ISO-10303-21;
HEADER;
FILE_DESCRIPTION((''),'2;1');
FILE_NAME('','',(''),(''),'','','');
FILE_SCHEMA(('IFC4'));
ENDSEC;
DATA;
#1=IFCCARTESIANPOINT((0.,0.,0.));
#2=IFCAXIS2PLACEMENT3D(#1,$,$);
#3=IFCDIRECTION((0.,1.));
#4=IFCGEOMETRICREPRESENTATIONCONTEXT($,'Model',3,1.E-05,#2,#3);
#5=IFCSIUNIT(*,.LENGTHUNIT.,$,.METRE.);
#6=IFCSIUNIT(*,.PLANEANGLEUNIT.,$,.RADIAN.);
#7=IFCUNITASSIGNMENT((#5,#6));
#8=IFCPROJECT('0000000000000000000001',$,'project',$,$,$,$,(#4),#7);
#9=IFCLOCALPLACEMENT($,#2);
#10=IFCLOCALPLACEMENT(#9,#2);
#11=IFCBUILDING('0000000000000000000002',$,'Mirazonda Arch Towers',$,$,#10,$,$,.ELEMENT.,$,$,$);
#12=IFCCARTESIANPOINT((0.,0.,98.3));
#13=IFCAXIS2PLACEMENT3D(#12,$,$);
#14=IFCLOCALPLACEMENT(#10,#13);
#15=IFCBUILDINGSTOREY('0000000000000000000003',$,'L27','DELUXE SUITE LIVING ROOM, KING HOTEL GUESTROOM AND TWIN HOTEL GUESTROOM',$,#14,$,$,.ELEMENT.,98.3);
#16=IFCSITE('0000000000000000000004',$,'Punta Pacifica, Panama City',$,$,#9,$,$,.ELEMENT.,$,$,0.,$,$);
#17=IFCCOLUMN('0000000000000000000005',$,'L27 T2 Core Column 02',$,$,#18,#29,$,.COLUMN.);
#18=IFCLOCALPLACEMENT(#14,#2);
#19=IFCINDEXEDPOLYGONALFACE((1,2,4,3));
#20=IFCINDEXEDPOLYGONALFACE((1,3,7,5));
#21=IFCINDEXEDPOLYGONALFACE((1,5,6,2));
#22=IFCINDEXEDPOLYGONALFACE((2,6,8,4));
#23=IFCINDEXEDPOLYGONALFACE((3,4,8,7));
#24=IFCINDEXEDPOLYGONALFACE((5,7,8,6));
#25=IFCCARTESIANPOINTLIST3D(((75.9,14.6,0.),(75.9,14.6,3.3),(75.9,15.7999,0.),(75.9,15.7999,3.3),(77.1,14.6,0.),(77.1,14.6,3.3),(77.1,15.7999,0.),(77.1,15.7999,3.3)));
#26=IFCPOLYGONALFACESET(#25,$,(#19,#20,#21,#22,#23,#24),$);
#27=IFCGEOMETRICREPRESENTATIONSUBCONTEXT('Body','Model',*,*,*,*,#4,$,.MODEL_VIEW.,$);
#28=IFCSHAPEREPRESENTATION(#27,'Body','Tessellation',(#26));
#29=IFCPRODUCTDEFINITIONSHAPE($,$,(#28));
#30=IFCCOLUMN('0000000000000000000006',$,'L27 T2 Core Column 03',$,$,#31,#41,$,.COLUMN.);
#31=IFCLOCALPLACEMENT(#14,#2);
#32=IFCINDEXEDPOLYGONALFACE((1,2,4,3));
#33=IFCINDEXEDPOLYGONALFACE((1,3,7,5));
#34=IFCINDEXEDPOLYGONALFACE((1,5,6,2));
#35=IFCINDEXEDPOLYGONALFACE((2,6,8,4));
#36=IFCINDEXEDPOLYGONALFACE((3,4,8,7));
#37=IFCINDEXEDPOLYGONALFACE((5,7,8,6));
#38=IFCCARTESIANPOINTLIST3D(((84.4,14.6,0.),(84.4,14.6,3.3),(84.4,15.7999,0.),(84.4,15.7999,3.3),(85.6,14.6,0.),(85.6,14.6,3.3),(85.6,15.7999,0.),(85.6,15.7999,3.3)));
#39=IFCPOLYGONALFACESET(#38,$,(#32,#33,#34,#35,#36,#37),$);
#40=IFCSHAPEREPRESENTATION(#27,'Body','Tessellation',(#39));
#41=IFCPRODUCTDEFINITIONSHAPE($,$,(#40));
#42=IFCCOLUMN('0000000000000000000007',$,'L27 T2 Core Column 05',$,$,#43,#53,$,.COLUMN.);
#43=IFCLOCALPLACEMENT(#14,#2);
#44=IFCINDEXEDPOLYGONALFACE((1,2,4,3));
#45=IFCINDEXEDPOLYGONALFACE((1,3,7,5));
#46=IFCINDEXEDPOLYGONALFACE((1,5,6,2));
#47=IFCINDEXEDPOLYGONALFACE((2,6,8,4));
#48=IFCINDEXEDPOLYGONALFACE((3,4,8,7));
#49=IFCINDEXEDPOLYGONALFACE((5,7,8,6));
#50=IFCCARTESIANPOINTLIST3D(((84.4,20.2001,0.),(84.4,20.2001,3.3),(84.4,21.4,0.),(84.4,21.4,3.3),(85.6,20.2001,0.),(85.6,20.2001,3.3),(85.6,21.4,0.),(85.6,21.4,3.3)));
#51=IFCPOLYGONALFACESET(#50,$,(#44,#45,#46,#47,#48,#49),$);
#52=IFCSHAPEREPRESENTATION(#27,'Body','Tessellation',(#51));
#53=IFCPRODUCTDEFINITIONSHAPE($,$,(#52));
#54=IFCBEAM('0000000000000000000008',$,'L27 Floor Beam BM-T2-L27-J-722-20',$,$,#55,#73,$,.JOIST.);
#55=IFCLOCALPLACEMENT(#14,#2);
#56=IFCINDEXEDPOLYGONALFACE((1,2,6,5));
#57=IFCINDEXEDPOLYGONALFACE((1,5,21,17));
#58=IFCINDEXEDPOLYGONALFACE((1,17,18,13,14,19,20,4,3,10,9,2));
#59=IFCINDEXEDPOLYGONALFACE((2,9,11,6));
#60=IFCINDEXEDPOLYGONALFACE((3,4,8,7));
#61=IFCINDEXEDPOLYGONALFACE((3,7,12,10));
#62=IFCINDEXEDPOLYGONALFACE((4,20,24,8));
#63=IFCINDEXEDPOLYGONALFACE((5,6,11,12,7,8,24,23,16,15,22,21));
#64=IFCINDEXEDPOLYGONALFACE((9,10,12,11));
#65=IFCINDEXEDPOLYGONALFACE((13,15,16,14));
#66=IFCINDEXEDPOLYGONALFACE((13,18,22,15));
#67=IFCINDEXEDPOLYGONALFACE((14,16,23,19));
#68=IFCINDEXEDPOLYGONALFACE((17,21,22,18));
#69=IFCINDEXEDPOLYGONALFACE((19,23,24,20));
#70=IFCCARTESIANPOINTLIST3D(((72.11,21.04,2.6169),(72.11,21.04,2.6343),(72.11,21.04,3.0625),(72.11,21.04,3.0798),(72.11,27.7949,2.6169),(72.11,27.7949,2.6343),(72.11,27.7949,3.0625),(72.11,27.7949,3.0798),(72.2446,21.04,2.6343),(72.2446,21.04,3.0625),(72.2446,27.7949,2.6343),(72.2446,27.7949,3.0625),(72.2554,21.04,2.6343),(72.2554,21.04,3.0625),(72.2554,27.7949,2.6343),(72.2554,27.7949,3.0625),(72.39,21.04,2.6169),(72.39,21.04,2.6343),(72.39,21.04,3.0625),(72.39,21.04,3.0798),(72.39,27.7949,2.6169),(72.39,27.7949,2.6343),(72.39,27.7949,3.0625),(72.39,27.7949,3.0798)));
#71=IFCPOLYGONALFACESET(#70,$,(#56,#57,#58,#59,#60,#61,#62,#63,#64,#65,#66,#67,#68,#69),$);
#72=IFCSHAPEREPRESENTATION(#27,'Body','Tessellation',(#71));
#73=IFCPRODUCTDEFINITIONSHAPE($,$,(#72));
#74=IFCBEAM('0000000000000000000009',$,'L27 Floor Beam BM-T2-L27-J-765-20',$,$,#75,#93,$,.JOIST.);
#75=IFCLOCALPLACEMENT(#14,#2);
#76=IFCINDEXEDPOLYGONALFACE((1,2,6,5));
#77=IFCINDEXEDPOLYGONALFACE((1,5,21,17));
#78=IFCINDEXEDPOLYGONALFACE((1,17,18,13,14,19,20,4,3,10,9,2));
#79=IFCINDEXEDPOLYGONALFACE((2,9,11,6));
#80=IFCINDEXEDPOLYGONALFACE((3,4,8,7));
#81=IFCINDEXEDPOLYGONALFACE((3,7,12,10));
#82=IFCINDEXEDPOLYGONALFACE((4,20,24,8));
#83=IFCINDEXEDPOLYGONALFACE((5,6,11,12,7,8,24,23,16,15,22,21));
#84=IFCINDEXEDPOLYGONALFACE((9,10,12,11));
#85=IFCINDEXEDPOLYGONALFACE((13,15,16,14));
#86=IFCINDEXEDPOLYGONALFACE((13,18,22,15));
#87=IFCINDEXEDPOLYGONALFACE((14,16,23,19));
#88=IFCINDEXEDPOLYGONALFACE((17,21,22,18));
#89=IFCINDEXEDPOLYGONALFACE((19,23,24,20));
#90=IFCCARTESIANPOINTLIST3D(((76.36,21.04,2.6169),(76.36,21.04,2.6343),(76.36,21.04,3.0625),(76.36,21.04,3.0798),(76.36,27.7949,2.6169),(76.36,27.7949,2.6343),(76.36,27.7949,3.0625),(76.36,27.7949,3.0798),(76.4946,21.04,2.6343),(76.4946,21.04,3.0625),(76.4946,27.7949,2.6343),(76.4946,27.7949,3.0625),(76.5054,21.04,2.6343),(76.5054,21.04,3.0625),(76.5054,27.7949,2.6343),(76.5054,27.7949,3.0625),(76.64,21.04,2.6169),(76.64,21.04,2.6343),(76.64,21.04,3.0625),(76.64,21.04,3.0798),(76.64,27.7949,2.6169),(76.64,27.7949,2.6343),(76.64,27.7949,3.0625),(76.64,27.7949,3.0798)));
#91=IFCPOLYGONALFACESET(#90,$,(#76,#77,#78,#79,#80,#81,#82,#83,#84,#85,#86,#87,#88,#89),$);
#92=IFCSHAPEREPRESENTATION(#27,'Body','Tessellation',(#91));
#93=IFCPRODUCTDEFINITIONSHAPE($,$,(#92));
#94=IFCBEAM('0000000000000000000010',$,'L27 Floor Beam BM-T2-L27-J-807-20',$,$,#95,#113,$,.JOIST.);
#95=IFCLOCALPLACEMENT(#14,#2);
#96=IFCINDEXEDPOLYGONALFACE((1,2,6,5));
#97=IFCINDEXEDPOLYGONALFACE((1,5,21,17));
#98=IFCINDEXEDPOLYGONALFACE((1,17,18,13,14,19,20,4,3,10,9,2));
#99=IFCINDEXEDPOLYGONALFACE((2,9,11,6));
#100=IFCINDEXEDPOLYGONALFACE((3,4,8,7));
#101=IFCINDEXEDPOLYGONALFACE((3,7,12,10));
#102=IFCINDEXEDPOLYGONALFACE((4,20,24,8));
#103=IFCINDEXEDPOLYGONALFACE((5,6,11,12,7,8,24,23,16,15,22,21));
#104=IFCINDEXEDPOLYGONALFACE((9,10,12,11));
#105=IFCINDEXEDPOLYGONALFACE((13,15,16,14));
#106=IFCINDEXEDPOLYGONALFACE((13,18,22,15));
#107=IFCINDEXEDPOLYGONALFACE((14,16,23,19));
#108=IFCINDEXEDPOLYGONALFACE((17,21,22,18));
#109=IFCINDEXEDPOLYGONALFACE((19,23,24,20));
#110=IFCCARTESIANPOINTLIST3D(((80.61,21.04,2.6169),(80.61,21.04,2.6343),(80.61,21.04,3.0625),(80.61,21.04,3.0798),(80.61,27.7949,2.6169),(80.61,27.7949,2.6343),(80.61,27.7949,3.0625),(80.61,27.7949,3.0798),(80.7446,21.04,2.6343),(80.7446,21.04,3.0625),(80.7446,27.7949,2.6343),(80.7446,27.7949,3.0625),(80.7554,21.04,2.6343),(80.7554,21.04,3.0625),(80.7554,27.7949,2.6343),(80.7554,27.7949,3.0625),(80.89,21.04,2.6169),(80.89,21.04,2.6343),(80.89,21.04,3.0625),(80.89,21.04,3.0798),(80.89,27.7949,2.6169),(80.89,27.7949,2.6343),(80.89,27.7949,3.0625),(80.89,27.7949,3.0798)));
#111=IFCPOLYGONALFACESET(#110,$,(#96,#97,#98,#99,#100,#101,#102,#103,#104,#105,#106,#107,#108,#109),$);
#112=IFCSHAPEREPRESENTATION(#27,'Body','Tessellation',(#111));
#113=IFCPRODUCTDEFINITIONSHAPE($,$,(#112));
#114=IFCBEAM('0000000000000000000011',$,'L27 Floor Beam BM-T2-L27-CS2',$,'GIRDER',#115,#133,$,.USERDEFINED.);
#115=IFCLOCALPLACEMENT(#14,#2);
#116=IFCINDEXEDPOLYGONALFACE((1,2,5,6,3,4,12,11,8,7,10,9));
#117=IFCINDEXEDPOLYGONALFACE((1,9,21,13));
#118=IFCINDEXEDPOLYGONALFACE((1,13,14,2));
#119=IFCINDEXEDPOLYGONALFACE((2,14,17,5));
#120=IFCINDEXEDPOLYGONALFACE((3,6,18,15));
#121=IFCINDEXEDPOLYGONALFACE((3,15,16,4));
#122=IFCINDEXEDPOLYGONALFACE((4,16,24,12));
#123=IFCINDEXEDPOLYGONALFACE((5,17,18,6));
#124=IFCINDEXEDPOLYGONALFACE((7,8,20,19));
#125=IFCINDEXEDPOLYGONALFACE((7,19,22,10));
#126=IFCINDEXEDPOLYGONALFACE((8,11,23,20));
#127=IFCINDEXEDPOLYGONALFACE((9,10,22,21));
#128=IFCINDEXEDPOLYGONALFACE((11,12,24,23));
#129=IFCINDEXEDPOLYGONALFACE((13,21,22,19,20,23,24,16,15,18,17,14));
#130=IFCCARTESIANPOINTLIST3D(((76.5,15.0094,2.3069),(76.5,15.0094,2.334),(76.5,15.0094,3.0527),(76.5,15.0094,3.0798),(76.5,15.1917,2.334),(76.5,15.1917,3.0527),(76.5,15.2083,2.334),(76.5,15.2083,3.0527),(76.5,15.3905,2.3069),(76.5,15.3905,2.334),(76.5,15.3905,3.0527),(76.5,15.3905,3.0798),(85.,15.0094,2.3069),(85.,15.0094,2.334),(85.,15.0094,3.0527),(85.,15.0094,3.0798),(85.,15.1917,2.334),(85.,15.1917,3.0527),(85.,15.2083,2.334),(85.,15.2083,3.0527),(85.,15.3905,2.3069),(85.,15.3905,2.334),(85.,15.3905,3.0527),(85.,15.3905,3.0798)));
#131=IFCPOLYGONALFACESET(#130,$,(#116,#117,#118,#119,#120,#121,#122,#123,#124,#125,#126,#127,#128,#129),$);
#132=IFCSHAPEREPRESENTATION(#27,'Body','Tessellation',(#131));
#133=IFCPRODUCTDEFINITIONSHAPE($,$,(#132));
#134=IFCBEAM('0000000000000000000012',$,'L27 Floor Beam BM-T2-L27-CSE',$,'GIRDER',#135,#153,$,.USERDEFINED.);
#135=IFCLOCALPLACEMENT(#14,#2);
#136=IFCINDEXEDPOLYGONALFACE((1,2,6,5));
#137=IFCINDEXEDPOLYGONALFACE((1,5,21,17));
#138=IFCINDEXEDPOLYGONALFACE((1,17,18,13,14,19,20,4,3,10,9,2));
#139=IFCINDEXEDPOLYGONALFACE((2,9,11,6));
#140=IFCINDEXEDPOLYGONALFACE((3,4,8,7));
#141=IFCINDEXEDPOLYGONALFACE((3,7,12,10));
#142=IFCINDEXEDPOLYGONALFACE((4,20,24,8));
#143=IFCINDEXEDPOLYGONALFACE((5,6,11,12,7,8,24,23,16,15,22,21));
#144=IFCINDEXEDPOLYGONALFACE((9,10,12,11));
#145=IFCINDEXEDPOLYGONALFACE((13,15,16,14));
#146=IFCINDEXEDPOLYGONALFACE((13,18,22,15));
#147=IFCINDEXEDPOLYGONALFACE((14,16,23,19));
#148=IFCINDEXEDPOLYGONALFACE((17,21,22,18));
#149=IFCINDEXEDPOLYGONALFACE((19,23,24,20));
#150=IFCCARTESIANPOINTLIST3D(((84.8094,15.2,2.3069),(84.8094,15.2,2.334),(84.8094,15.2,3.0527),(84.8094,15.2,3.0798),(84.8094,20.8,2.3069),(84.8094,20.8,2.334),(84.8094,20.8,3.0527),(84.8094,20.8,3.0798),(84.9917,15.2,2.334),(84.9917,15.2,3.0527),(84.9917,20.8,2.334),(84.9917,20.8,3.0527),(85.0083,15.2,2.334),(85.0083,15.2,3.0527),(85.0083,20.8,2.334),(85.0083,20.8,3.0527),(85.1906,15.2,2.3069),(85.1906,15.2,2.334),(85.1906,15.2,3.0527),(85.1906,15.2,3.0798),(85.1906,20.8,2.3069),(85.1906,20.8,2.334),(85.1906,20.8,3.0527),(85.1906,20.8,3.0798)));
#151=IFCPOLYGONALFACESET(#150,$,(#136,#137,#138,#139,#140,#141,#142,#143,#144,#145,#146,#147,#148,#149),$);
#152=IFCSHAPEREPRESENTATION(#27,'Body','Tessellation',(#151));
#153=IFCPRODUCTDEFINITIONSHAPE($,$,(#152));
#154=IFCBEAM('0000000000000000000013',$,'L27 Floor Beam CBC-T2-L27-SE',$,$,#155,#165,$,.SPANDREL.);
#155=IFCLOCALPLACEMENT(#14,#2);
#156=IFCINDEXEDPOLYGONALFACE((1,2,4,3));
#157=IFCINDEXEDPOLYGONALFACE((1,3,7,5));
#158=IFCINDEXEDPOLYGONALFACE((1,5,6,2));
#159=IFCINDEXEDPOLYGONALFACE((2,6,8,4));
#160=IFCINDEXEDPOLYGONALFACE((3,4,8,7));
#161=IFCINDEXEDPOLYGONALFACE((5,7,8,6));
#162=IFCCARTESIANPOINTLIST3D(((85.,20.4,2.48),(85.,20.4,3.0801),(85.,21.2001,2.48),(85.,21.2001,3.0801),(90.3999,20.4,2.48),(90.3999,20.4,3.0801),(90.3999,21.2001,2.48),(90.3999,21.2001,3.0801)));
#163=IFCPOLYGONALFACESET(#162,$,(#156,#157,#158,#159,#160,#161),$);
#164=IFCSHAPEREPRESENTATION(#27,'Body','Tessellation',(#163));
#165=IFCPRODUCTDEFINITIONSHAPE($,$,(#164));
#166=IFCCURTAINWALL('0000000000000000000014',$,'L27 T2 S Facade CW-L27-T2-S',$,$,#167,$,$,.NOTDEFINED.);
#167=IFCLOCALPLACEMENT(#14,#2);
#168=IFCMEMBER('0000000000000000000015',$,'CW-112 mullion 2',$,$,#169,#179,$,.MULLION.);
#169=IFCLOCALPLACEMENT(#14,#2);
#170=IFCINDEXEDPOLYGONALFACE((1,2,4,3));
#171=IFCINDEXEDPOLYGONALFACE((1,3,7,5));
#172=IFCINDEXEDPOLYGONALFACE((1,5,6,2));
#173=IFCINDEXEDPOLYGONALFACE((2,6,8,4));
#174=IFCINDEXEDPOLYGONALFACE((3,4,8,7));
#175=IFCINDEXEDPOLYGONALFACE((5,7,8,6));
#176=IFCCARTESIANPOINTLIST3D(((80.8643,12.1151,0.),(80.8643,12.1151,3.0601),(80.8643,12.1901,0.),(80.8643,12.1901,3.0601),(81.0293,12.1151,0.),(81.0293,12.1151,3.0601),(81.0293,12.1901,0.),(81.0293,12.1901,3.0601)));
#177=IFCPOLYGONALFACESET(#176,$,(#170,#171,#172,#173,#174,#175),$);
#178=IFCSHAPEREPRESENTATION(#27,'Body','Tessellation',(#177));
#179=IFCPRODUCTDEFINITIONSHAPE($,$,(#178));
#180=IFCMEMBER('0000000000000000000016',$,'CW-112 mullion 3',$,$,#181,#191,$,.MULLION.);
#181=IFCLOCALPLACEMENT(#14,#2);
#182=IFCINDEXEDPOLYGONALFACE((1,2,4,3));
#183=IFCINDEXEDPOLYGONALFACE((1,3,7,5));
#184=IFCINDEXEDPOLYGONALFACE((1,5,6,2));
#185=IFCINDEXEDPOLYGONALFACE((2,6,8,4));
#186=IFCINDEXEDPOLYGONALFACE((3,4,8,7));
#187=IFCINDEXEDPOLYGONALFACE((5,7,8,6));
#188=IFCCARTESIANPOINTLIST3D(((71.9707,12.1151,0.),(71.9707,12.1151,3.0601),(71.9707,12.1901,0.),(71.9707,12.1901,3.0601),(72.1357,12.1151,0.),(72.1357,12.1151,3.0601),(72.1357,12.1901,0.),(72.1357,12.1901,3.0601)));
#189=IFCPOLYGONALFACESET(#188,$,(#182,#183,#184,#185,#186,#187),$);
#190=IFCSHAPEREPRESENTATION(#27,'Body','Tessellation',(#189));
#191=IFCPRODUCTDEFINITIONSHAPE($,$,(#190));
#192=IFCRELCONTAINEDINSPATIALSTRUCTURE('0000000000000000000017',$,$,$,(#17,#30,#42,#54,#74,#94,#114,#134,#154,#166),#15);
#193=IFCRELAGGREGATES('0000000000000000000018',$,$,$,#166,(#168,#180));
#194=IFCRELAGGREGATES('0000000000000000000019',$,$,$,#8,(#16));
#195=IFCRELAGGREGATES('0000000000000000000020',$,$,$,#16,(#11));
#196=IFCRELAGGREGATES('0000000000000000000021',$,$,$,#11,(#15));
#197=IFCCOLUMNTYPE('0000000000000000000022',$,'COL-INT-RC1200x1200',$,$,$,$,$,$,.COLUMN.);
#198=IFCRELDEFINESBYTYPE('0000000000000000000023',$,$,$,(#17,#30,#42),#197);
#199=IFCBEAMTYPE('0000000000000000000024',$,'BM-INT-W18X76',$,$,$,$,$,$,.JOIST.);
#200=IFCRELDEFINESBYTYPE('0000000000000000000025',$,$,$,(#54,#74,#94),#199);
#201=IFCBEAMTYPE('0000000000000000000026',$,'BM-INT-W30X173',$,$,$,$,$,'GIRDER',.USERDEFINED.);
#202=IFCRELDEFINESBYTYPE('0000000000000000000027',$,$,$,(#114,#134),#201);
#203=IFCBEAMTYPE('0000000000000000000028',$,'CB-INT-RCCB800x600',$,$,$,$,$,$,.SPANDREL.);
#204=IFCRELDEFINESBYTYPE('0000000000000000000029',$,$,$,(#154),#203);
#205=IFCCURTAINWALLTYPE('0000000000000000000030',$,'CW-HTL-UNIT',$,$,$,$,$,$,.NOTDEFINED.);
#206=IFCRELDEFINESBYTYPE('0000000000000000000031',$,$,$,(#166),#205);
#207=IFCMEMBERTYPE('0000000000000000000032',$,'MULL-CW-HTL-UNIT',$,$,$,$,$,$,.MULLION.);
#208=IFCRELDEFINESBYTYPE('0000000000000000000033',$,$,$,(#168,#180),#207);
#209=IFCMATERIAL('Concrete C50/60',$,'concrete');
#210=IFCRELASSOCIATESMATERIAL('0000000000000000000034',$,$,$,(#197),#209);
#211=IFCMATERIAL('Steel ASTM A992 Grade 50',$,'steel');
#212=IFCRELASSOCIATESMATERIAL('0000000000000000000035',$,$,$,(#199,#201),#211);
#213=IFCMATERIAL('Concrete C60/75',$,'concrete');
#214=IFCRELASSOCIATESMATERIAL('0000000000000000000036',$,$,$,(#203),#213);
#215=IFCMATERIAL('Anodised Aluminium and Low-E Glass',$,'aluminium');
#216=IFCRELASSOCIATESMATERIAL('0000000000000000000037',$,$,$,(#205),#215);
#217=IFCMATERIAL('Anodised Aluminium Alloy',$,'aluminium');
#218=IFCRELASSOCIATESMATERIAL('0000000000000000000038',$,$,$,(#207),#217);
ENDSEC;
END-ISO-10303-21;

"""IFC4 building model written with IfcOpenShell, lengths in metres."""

from ifc_helpers import new_model, si_unit, direction, frame, origin, origin_2d, place, context, subcontext, project, spatial, rectangle, i_section, extrude, material, material_profile, profile_set, type_object, element, aggregate, save


model = new_model("IFC4")

# Units and contexts
model_context = context("Model", 3, precision=1e-05, world=origin(), true_north=direction((0.0, 1.0)))
body_context = subcontext(model_context, "Body", "Model", "MODEL_VIEW")
ifc_project = project(units=[si_unit("LENGTHUNIT", "METRE"), si_unit("PLANEANGLEUNIT", "RADIAN")], contexts=[model_context])

# Site, building, storey
site_placement = place(None, origin())
site = spatial("IfcSite", under=ifc_project, at=site_placement, Name="Punta Pacifica, Panama City", CompositionType="ELEMENT", RefElevation=0.0)
building_placement = place(site_placement, origin())
building = spatial("IfcBuilding", under=site, at=building_placement, Name="Mirazonda Arch Towers", CompositionType="ELEMENT")
storey_placement = place(building_placement, frame((0.0, 0.0, 98.3)))
storey = spatial("IfcBuildingStorey", under=building, at=storey_placement, Name="L27", Description="DELUXE SUITE LIVING ROOM, KING HOTEL GUESTROOM AND TWIN HOTEL GUESTROOM", CompositionType="ELEMENT", Elevation=98.3)

# Columns
ifc_material_1 = material(Name="Concrete C50/60", Category="concrete")
ifc_material_profile_1 = material_profile(ifc_material_1, rectangle(XDim=1.2, YDim=1.2, at=origin_2d()), Name="RC1200x1200")
ifc_profile_set_1 = profile_set([ifc_material_profile_1], Name="Concrete C50/60")
column_type = type_object("IfcColumnType", Name="COL-INT-RC1200x1200", PredefinedType="COLUMN", material=ifc_profile_set_1)
for number, where, z_axis, x_axis, name in (
    (1, (76.5, 15.2, 0.0), (0.0, 0.0, 1.0), (1.0, 0.0, 0.0), "L27 T2 Core Column 02"),
    (2, (85.0, 15.2, 0.0), (0.0, 0.0, 1.0), (1.0, 0.0, 0.0), "L27 T2 Core Column 03"),
    (3, (85.0, 20.8, 0.0), (0.0, 0.0, 1.0), (1.0, 0.0, 0.0), "L27 T2 Core Column 05"),
):
    element("IfcColumn", number, at=place(storey_placement, frame(where, z_axis=z_axis, x_axis=x_axis)), inside=storey, type_object=column_type, Name=name, PredefinedType="COLUMN", context=body_context, shape_type="SweptSolid", body=[
        extrude(rectangle(XDim=1.2, YDim=1.2, at=origin_2d()), origin(), (0.0, 0.0, 1.0), 3.3),
    ])

# Beams
ifc_material_2 = material(Name="Steel ASTM A992 Grade 50", Category="steel")
ifc_material_profile_2 = material_profile(ifc_material_2, i_section(OverallWidth=0.28, OverallDepth=0.4629, WebThickness=0.0107, FlangeThickness=0.0173, at=origin_2d()), Name="W18X76")
ifc_profile_set_2 = profile_set([ifc_material_profile_2], Name="Steel ASTM A992 Grade 50")
beam_type_1 = type_object("IfcBeamType", Name="BM-INT-W18X76", PredefinedType="JOIST", material=ifc_profile_set_2)
for number, where, z_axis, x_axis, name in (
    (4, (72.25, 21.04, 2.8484), (0.0, 1.0, 0.0), (-1.0, 0.0, 0.0), "L27 Floor Beam BM-T2-L27-J-722-20"),
    (5, (76.5, 21.04, 2.8484), (0.0, 1.0, 0.0), (-1.0, 0.0, 0.0), "L27 Floor Beam BM-T2-L27-J-765-20"),
    (6, (80.75, 21.04, 2.8484), (0.0, 1.0, 0.0), (-1.0, 0.0, 0.0), "L27 Floor Beam BM-T2-L27-J-807-20"),
):
    element("IfcBeam", number, at=place(storey_placement, frame(where, z_axis=z_axis, x_axis=x_axis)), inside=storey, type_object=beam_type_1, Name=name, PredefinedType="JOIST", context=body_context, shape_type="SweptSolid", body=[
        extrude(i_section(OverallWidth=0.28, OverallDepth=0.4629, WebThickness=0.0107, FlangeThickness=0.0173, at=origin_2d()), origin(), (0.0, 0.0, 1.0), 6.7549),
    ])
ifc_material_profile_3 = material_profile(ifc_material_2, i_section(OverallWidth=0.3811, OverallDepth=0.7729, WebThickness=0.0166, FlangeThickness=0.0271, at=origin_2d()), Name="W30X173")
ifc_profile_set_3 = profile_set([ifc_material_profile_3], Name="Steel ASTM A992 Grade 50")
beam_type_2 = type_object("IfcBeamType", Name="BM-INT-W30X173", ElementType="GIRDER", PredefinedType="USERDEFINED", material=ifc_profile_set_3)
beam_1_placement = place(storey_placement, frame((76.5, 15.2, 2.6934), z_axis=(1.0, 0.0, 0.0), x_axis=(0.0, 1.0, 0.0)))
element("IfcBeam", 7, at=beam_1_placement, inside=storey, type_object=beam_type_2, Name="L27 Floor Beam BM-T2-L27-CS2", ObjectType="GIRDER", PredefinedType="USERDEFINED", context=body_context, shape_type="SweptSolid", body=[
    extrude(i_section(OverallWidth=0.3811, OverallDepth=0.7729, WebThickness=0.0166, FlangeThickness=0.0271, at=origin_2d()), origin(), (0.0, 0.0, 1.0), 8.5),
])
beam_2_placement = place(storey_placement, frame((85.0, 15.2, 2.6934), z_axis=(0.0, 1.0, 0.0), x_axis=(-1.0, 0.0, 0.0)))
element("IfcBeam", 8, at=beam_2_placement, inside=storey, type_object=beam_type_2, Name="L27 Floor Beam BM-T2-L27-CSE", ObjectType="GIRDER", PredefinedType="USERDEFINED", context=body_context, shape_type="SweptSolid", body=[
    extrude(i_section(OverallWidth=0.3811, OverallDepth=0.7729, WebThickness=0.0166, FlangeThickness=0.0271, at=origin_2d()), origin(), (0.0, 0.0, 1.0), 5.6001),
])
ifc_material_3 = material(Name="Concrete C60/75", Category="concrete")
ifc_material_profile_4 = material_profile(ifc_material_3, rectangle(XDim=0.8, YDim=0.6001, at=origin_2d()), Name="RCCB800x600")
ifc_profile_set_4 = profile_set([ifc_material_profile_4], Name="Concrete C60/75")
beam_type_3 = type_object("IfcBeamType", Name="CB-INT-RCCB800x600", PredefinedType="SPANDREL", material=ifc_profile_set_4)
beam_3_placement = place(storey_placement, frame((85.0, 20.8, 2.78), z_axis=(1.0, 0.0, 0.0), x_axis=(0.0, 1.0, 0.0)))
element("IfcBeam", 9, at=beam_3_placement, inside=storey, type_object=beam_type_3, Name="L27 Floor Beam CBC-T2-L27-SE", PredefinedType="SPANDREL", context=body_context, shape_type="SweptSolid", body=[
    extrude(rectangle(XDim=0.8, YDim=0.6001, at=origin_2d()), origin(), (0.0, 0.0, 1.0), 5.3999),
])

# Curtain wall, members
ifc_material_4 = material(Name="Anodised Aluminium and Low-E Glass", Category="aluminium")
curtain_wall_type = type_object("IfcCurtainWallType", Name="CW-HTL-UNIT", PredefinedType="NOTDEFINED", material=ifc_material_4)
curtain_wall_placement = place(storey_placement, origin())
curtain_wall = element("IfcCurtainWall", 10, at=curtain_wall_placement, inside=storey, type_object=curtain_wall_type, Name="L27 T2 S Facade CW-L27-T2-S", PredefinedType="NOTDEFINED")
ifc_material_5 = material(Name="Anodised Aluminium Alloy", Category="aluminium")
ifc_material_profile_5 = material_profile(ifc_material_5, rectangle(XDim=0.075, YDim=0.165, at=origin_2d()), Name="ALU-MULL-75x165")
ifc_profile_set_5 = profile_set([ifc_material_profile_5], Name="Anodised Aluminium Alloy")
member_type_1 = type_object("IfcMemberType", Name="MULL-CW-HTL-UNIT", PredefinedType="MULLION", material=ifc_profile_set_5)
member_1_placement = place(storey_placement, frame((80.9468, 12.1526, 0.0), z_axis=(0.0, 0.0, 1.0), x_axis=(0.0, -1.0, 0.0)))
member_1 = element("IfcMember", 11, at=member_1_placement, type_object=member_type_1, Name="CW-112 mullion 2", PredefinedType="MULLION", context=body_context, shape_type="SweptSolid", body=[
    extrude(rectangle(XDim=0.075, YDim=0.165, at=origin_2d()), origin(), (0.0, 0.0, 1.0), 3.0601),
])
member_2_placement = place(storey_placement, frame((72.0532, 12.1526, 0.0), z_axis=(0.0, 0.0, 1.0), x_axis=(0.0, -1.0, 0.0)))
member_2 = element("IfcMember", 12, at=member_2_placement, type_object=member_type_1, Name="CW-112 mullion 3", PredefinedType="MULLION", context=body_context, shape_type="SweptSolid", body=[
    extrude(rectangle(XDim=0.075, YDim=0.165, at=origin_2d()), origin(), (0.0, 0.0, 1.0), 3.0601),
])
aggregate(curtain_wall, [member_1, member_2])

save(model, "model.ifc")
